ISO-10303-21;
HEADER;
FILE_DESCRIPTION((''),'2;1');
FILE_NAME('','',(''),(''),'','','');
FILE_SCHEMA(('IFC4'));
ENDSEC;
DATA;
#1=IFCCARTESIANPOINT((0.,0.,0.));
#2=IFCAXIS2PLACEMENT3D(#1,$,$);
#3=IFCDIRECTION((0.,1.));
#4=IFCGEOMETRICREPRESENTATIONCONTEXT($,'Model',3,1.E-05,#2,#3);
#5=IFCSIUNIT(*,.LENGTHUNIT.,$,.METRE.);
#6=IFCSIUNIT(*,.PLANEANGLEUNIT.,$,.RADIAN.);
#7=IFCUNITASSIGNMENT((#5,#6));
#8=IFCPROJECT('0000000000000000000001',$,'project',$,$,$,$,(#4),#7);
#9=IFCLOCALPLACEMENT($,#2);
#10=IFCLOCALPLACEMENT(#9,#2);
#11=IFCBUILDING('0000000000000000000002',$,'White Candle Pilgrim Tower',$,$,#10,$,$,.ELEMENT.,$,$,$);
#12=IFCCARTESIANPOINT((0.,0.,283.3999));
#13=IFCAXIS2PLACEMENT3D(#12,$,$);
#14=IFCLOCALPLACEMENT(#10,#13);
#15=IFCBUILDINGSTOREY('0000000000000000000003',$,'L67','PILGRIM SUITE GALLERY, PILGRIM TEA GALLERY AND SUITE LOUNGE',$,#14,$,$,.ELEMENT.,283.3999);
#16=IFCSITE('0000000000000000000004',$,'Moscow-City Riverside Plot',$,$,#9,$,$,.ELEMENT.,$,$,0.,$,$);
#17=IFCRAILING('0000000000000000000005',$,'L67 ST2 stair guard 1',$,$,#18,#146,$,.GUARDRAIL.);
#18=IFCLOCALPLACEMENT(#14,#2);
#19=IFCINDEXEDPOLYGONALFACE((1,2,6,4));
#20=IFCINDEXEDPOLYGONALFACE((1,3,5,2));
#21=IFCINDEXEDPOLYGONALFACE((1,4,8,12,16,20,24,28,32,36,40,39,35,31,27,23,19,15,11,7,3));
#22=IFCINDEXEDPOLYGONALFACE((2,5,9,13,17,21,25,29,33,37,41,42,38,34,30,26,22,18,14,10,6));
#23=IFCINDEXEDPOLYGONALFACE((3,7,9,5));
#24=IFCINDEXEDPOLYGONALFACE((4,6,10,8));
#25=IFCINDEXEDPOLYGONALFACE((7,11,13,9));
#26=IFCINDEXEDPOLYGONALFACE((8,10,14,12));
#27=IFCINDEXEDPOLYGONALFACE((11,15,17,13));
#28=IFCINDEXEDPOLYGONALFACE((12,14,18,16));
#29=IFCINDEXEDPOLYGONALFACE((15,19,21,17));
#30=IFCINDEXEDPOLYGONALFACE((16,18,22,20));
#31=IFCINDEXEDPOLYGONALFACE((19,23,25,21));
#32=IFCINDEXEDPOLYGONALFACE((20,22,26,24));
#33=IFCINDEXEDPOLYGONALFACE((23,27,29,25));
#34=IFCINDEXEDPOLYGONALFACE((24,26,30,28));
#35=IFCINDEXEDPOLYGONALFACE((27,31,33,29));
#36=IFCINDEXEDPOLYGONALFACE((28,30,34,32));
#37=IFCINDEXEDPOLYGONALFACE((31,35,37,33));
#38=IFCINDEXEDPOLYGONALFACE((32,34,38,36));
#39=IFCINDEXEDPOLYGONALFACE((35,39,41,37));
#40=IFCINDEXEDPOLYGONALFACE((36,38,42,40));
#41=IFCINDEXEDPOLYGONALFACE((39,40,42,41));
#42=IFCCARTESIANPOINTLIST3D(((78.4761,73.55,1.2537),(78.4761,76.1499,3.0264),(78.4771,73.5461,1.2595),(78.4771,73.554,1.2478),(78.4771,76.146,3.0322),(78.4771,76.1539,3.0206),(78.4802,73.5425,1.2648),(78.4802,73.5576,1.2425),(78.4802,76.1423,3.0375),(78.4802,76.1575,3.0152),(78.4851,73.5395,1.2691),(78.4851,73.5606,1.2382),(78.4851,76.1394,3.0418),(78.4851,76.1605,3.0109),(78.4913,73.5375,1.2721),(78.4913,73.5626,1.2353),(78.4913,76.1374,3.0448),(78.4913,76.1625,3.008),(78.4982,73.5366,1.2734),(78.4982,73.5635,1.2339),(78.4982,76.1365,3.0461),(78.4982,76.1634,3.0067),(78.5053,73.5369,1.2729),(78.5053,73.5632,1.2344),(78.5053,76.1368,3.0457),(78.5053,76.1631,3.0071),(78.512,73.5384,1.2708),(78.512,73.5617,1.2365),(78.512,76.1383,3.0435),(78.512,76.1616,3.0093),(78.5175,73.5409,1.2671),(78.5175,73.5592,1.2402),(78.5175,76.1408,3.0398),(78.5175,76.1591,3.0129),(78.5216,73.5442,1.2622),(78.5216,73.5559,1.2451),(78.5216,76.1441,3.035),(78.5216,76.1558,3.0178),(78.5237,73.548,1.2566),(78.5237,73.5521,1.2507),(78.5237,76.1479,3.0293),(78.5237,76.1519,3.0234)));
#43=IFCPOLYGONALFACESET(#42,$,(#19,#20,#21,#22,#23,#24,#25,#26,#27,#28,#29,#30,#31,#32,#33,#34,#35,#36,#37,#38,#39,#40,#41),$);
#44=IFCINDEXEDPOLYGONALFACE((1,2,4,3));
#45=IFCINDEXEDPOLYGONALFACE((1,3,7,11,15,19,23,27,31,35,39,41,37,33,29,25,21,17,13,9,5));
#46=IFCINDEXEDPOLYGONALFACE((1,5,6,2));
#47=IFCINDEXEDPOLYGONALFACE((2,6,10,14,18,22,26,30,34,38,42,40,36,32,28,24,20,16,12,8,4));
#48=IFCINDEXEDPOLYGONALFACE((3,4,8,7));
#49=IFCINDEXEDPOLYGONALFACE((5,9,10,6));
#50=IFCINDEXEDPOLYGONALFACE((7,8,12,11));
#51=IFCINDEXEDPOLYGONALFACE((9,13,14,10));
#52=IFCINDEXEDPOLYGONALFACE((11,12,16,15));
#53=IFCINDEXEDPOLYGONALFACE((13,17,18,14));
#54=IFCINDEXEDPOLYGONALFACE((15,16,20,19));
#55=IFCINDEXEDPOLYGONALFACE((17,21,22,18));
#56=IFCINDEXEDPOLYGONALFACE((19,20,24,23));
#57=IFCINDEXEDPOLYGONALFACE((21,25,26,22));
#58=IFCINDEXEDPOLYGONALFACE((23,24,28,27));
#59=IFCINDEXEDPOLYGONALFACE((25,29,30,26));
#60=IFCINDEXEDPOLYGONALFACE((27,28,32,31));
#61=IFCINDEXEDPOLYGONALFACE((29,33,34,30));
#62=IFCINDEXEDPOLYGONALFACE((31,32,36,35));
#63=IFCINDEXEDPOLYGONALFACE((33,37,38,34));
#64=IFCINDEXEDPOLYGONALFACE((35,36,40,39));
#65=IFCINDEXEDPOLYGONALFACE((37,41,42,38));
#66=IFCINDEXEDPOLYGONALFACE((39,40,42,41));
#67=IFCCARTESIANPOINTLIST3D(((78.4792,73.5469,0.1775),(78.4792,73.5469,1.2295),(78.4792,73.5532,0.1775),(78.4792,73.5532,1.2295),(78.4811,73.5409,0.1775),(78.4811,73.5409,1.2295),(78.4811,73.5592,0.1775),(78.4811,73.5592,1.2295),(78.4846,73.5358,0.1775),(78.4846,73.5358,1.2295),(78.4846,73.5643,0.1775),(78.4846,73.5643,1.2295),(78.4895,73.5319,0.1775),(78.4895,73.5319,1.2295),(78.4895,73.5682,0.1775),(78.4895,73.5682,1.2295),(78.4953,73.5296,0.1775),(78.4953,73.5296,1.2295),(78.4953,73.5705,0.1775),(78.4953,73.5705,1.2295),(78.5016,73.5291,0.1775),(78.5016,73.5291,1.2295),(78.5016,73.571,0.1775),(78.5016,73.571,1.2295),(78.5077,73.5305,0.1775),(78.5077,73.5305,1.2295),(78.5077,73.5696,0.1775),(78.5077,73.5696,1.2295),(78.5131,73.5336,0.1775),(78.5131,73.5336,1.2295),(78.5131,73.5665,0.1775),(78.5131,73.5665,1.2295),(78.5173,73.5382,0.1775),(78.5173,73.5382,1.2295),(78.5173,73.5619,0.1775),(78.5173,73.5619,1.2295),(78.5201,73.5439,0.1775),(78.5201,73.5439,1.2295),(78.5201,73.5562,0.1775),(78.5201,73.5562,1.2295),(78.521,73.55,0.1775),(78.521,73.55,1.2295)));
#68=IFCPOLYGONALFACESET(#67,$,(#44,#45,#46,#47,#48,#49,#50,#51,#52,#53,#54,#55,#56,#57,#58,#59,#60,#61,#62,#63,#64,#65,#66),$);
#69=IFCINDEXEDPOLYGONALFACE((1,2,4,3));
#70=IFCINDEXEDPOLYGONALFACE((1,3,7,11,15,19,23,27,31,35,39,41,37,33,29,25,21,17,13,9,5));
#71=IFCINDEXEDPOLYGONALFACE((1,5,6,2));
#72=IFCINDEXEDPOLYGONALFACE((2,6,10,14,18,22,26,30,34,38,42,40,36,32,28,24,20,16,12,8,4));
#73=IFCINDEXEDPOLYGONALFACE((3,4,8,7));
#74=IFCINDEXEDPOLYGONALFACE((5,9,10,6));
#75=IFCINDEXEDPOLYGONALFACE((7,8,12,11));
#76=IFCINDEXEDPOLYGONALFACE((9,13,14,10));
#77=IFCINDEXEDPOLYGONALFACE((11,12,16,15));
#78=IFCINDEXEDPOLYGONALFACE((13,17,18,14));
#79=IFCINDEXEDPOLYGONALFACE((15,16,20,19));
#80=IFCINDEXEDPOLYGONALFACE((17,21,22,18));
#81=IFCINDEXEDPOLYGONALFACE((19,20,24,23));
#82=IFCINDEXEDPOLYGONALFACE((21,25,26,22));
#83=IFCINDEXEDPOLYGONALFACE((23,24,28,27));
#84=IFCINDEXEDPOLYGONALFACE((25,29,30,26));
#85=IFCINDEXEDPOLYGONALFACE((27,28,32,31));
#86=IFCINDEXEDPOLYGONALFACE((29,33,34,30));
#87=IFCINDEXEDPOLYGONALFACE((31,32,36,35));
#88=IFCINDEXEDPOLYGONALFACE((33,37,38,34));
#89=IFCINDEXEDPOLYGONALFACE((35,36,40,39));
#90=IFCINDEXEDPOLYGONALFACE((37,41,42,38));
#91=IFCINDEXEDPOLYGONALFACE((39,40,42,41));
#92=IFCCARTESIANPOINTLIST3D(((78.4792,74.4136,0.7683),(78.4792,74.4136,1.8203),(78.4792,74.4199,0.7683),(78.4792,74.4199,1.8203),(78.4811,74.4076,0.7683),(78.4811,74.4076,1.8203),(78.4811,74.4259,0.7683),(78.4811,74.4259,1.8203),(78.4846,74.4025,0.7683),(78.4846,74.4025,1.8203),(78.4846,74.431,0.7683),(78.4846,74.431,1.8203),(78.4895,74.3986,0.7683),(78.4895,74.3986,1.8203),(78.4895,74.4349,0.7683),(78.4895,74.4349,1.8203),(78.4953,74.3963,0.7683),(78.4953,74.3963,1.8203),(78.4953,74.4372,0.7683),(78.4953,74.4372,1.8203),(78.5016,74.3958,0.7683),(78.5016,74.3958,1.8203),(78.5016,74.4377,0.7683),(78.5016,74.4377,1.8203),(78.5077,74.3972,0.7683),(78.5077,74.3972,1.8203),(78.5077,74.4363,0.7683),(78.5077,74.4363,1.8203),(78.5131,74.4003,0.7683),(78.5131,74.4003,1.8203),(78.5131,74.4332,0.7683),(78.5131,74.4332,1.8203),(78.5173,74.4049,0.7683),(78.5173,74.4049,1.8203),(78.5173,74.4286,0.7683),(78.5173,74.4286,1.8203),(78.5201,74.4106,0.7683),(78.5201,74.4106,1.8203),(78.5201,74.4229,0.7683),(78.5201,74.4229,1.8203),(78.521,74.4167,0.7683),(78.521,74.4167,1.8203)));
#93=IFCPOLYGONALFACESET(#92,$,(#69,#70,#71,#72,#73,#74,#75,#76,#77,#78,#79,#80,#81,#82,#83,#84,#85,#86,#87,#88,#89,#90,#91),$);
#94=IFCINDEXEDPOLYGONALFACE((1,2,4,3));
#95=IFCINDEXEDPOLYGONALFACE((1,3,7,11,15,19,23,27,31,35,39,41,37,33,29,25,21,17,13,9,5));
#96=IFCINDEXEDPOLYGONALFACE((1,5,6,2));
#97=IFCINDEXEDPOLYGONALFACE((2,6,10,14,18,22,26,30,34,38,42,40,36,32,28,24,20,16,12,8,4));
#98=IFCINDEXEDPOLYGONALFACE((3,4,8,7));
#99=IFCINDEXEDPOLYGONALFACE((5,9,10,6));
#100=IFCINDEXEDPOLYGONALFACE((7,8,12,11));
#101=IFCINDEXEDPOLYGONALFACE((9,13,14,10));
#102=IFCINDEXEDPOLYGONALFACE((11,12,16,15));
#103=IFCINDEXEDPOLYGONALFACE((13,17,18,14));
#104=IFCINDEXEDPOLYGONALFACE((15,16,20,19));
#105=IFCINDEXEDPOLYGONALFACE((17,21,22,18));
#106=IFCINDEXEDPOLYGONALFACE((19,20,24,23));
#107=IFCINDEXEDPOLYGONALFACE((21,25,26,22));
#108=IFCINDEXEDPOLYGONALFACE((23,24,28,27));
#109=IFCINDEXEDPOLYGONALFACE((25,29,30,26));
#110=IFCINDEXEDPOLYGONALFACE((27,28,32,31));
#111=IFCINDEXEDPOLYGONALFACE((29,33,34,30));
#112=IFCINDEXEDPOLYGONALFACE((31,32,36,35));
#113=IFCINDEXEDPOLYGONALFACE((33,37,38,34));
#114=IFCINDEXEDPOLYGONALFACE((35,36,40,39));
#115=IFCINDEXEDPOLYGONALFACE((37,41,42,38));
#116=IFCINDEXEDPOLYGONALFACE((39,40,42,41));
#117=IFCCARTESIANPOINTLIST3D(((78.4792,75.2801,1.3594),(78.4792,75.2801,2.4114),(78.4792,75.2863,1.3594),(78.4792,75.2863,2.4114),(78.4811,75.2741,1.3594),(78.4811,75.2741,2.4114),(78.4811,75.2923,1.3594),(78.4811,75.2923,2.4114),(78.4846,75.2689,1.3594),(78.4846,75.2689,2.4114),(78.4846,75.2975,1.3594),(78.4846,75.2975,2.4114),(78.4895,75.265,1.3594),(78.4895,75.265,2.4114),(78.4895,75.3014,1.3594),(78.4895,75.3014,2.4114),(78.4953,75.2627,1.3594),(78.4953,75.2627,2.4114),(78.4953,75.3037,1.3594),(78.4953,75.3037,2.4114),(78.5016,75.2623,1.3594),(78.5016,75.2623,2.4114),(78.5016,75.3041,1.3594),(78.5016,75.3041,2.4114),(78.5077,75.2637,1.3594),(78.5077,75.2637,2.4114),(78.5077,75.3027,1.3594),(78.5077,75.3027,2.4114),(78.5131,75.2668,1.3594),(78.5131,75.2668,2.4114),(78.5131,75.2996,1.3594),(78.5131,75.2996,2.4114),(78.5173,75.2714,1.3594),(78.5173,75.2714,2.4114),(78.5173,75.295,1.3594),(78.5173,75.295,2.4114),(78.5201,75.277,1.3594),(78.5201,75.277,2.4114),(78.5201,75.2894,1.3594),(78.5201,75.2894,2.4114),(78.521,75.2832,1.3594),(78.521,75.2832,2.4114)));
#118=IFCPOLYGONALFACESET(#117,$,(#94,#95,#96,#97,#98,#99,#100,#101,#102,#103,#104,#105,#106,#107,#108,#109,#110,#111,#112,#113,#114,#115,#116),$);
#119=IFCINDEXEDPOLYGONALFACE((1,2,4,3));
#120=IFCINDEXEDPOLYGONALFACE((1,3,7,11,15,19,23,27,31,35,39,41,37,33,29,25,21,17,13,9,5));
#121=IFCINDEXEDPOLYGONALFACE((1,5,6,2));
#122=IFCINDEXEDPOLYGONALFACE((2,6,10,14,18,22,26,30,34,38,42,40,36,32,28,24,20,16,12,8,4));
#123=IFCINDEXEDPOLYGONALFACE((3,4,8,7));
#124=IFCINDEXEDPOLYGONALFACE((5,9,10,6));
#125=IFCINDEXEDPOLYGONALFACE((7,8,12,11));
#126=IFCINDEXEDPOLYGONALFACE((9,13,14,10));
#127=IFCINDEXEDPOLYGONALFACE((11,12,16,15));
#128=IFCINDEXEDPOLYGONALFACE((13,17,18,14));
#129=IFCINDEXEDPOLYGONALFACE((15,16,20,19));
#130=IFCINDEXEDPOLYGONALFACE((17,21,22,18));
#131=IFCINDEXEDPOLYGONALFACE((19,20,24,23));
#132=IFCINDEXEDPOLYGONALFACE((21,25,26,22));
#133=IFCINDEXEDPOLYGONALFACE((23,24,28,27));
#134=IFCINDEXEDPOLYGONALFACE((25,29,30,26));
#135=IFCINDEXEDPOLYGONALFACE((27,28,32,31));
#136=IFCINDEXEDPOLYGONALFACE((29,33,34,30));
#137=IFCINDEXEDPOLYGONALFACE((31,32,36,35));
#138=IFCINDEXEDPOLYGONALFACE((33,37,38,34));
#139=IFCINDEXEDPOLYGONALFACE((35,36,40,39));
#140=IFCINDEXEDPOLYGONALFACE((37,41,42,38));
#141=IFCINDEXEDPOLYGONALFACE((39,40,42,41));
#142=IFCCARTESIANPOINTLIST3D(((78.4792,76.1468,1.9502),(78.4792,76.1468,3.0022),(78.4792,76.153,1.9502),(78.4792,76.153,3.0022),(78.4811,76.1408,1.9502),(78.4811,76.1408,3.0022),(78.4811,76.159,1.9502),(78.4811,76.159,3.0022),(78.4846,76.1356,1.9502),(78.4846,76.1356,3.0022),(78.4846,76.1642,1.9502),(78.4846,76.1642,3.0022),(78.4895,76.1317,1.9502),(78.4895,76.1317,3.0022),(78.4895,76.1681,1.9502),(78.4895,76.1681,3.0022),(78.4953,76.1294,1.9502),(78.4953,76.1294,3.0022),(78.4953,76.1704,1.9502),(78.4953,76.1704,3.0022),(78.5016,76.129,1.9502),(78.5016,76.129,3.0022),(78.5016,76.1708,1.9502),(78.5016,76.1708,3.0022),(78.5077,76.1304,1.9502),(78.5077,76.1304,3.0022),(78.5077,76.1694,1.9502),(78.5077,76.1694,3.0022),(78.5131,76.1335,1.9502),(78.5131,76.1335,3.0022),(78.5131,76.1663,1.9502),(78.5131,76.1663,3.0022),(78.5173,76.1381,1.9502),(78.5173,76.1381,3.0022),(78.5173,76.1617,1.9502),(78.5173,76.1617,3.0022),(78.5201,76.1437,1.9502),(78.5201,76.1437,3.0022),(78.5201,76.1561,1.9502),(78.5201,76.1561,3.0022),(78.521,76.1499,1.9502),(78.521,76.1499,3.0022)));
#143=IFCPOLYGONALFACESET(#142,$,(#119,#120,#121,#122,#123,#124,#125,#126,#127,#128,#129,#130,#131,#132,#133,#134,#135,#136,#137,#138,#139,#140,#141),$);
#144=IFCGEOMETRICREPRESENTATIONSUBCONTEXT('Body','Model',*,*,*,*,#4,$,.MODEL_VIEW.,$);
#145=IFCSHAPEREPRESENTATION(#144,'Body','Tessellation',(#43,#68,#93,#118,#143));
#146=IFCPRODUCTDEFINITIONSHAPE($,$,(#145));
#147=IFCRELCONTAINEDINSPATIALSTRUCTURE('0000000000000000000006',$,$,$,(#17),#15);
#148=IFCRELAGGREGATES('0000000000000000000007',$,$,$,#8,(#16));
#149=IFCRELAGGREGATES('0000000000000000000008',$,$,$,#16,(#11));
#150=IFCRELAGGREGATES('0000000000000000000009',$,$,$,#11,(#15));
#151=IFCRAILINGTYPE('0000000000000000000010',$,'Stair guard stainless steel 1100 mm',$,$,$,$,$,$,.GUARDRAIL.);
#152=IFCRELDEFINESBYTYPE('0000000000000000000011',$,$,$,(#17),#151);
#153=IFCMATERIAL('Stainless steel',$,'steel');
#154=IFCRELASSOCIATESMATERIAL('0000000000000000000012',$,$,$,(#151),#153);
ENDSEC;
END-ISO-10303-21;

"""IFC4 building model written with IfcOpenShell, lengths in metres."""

from ifc_helpers import new_model, si_unit, direction, frame, origin, origin_2d, place, context, subcontext, project, spatial, circle, extrude, material, type_object, element, save


model = new_model("IFC4")

# Units and contexts
model_context = context("Model", 3, precision=1e-05, world=origin(), true_north=direction((0.0, 1.0)))
body_context = subcontext(model_context, "Body", "Model", "MODEL_VIEW")
ifc_project = project(units=[si_unit("LENGTHUNIT", "METRE"), si_unit("PLANEANGLEUNIT", "RADIAN")], contexts=[model_context])

# Site, building, storey
site_placement = place(None, origin())
site = spatial("IfcSite", under=ifc_project, at=site_placement, Name="Moscow-City Riverside Plot", CompositionType="ELEMENT", RefElevation=0.0)
building_placement = place(site_placement, origin())
building = spatial("IfcBuilding", under=site, at=building_placement, Name="White Candle Pilgrim Tower", CompositionType="ELEMENT")
storey_placement = place(building_placement, frame((0.0, 0.0, 283.3999)))
storey = spatial("IfcBuildingStorey", under=building, at=storey_placement, Name="L67", Description="PILGRIM SUITE GALLERY, PILGRIM TEA GALLERY AND SUITE LOUNGE", CompositionType="ELEMENT", Elevation=283.3999)

# Railing
ifc_material_1 = material(Name="Stainless steel", Category="steel")
railing_type_1 = type_object("IfcRailingType", Name="Stair guard stainless steel 1100 mm", PredefinedType="GUARDRAIL", material=ifc_material_1)
railing_1_placement = place(storey_placement, frame((78.5, 73.55, 0.1775)))
element("IfcRailing", 1, at=railing_1_placement, inside=storey, type_object=railing_type_1, Name="L67 ST2 stair guard 1", PredefinedType="GUARDRAIL", context=body_context, shape_type="SweptSolid", body=[
    extrude(circle(Radius=0.0239, at=origin_2d()), frame((0.0, 0.0, 1.0762), z_axis=(0.0, 0.826216, 0.563354), x_axis=(-1.0, 0.0, 0.0)), (0.0, 0.0, 1.0), 3.1467),
    extrude(circle(Radius=0.021, at=origin_2d()), origin(), (0.0, 0.0, 1.0), 1.052),
    extrude(circle(Radius=0.021, at=origin_2d()), frame((0.0, 0.8667, 0.5908)), (0.0, 0.0, 1.0), 1.052),
    extrude(circle(Radius=0.021, at=origin_2d()), frame((0.0, 1.7332, 1.1819)), (0.0, 0.0, 1.0), 1.052),
    extrude(circle(Radius=0.021, at=origin_2d()), frame((0.0, 2.5999, 1.7727)), (0.0, 0.0, 1.0), 1.052),
])

save(model, "model.ifc")
